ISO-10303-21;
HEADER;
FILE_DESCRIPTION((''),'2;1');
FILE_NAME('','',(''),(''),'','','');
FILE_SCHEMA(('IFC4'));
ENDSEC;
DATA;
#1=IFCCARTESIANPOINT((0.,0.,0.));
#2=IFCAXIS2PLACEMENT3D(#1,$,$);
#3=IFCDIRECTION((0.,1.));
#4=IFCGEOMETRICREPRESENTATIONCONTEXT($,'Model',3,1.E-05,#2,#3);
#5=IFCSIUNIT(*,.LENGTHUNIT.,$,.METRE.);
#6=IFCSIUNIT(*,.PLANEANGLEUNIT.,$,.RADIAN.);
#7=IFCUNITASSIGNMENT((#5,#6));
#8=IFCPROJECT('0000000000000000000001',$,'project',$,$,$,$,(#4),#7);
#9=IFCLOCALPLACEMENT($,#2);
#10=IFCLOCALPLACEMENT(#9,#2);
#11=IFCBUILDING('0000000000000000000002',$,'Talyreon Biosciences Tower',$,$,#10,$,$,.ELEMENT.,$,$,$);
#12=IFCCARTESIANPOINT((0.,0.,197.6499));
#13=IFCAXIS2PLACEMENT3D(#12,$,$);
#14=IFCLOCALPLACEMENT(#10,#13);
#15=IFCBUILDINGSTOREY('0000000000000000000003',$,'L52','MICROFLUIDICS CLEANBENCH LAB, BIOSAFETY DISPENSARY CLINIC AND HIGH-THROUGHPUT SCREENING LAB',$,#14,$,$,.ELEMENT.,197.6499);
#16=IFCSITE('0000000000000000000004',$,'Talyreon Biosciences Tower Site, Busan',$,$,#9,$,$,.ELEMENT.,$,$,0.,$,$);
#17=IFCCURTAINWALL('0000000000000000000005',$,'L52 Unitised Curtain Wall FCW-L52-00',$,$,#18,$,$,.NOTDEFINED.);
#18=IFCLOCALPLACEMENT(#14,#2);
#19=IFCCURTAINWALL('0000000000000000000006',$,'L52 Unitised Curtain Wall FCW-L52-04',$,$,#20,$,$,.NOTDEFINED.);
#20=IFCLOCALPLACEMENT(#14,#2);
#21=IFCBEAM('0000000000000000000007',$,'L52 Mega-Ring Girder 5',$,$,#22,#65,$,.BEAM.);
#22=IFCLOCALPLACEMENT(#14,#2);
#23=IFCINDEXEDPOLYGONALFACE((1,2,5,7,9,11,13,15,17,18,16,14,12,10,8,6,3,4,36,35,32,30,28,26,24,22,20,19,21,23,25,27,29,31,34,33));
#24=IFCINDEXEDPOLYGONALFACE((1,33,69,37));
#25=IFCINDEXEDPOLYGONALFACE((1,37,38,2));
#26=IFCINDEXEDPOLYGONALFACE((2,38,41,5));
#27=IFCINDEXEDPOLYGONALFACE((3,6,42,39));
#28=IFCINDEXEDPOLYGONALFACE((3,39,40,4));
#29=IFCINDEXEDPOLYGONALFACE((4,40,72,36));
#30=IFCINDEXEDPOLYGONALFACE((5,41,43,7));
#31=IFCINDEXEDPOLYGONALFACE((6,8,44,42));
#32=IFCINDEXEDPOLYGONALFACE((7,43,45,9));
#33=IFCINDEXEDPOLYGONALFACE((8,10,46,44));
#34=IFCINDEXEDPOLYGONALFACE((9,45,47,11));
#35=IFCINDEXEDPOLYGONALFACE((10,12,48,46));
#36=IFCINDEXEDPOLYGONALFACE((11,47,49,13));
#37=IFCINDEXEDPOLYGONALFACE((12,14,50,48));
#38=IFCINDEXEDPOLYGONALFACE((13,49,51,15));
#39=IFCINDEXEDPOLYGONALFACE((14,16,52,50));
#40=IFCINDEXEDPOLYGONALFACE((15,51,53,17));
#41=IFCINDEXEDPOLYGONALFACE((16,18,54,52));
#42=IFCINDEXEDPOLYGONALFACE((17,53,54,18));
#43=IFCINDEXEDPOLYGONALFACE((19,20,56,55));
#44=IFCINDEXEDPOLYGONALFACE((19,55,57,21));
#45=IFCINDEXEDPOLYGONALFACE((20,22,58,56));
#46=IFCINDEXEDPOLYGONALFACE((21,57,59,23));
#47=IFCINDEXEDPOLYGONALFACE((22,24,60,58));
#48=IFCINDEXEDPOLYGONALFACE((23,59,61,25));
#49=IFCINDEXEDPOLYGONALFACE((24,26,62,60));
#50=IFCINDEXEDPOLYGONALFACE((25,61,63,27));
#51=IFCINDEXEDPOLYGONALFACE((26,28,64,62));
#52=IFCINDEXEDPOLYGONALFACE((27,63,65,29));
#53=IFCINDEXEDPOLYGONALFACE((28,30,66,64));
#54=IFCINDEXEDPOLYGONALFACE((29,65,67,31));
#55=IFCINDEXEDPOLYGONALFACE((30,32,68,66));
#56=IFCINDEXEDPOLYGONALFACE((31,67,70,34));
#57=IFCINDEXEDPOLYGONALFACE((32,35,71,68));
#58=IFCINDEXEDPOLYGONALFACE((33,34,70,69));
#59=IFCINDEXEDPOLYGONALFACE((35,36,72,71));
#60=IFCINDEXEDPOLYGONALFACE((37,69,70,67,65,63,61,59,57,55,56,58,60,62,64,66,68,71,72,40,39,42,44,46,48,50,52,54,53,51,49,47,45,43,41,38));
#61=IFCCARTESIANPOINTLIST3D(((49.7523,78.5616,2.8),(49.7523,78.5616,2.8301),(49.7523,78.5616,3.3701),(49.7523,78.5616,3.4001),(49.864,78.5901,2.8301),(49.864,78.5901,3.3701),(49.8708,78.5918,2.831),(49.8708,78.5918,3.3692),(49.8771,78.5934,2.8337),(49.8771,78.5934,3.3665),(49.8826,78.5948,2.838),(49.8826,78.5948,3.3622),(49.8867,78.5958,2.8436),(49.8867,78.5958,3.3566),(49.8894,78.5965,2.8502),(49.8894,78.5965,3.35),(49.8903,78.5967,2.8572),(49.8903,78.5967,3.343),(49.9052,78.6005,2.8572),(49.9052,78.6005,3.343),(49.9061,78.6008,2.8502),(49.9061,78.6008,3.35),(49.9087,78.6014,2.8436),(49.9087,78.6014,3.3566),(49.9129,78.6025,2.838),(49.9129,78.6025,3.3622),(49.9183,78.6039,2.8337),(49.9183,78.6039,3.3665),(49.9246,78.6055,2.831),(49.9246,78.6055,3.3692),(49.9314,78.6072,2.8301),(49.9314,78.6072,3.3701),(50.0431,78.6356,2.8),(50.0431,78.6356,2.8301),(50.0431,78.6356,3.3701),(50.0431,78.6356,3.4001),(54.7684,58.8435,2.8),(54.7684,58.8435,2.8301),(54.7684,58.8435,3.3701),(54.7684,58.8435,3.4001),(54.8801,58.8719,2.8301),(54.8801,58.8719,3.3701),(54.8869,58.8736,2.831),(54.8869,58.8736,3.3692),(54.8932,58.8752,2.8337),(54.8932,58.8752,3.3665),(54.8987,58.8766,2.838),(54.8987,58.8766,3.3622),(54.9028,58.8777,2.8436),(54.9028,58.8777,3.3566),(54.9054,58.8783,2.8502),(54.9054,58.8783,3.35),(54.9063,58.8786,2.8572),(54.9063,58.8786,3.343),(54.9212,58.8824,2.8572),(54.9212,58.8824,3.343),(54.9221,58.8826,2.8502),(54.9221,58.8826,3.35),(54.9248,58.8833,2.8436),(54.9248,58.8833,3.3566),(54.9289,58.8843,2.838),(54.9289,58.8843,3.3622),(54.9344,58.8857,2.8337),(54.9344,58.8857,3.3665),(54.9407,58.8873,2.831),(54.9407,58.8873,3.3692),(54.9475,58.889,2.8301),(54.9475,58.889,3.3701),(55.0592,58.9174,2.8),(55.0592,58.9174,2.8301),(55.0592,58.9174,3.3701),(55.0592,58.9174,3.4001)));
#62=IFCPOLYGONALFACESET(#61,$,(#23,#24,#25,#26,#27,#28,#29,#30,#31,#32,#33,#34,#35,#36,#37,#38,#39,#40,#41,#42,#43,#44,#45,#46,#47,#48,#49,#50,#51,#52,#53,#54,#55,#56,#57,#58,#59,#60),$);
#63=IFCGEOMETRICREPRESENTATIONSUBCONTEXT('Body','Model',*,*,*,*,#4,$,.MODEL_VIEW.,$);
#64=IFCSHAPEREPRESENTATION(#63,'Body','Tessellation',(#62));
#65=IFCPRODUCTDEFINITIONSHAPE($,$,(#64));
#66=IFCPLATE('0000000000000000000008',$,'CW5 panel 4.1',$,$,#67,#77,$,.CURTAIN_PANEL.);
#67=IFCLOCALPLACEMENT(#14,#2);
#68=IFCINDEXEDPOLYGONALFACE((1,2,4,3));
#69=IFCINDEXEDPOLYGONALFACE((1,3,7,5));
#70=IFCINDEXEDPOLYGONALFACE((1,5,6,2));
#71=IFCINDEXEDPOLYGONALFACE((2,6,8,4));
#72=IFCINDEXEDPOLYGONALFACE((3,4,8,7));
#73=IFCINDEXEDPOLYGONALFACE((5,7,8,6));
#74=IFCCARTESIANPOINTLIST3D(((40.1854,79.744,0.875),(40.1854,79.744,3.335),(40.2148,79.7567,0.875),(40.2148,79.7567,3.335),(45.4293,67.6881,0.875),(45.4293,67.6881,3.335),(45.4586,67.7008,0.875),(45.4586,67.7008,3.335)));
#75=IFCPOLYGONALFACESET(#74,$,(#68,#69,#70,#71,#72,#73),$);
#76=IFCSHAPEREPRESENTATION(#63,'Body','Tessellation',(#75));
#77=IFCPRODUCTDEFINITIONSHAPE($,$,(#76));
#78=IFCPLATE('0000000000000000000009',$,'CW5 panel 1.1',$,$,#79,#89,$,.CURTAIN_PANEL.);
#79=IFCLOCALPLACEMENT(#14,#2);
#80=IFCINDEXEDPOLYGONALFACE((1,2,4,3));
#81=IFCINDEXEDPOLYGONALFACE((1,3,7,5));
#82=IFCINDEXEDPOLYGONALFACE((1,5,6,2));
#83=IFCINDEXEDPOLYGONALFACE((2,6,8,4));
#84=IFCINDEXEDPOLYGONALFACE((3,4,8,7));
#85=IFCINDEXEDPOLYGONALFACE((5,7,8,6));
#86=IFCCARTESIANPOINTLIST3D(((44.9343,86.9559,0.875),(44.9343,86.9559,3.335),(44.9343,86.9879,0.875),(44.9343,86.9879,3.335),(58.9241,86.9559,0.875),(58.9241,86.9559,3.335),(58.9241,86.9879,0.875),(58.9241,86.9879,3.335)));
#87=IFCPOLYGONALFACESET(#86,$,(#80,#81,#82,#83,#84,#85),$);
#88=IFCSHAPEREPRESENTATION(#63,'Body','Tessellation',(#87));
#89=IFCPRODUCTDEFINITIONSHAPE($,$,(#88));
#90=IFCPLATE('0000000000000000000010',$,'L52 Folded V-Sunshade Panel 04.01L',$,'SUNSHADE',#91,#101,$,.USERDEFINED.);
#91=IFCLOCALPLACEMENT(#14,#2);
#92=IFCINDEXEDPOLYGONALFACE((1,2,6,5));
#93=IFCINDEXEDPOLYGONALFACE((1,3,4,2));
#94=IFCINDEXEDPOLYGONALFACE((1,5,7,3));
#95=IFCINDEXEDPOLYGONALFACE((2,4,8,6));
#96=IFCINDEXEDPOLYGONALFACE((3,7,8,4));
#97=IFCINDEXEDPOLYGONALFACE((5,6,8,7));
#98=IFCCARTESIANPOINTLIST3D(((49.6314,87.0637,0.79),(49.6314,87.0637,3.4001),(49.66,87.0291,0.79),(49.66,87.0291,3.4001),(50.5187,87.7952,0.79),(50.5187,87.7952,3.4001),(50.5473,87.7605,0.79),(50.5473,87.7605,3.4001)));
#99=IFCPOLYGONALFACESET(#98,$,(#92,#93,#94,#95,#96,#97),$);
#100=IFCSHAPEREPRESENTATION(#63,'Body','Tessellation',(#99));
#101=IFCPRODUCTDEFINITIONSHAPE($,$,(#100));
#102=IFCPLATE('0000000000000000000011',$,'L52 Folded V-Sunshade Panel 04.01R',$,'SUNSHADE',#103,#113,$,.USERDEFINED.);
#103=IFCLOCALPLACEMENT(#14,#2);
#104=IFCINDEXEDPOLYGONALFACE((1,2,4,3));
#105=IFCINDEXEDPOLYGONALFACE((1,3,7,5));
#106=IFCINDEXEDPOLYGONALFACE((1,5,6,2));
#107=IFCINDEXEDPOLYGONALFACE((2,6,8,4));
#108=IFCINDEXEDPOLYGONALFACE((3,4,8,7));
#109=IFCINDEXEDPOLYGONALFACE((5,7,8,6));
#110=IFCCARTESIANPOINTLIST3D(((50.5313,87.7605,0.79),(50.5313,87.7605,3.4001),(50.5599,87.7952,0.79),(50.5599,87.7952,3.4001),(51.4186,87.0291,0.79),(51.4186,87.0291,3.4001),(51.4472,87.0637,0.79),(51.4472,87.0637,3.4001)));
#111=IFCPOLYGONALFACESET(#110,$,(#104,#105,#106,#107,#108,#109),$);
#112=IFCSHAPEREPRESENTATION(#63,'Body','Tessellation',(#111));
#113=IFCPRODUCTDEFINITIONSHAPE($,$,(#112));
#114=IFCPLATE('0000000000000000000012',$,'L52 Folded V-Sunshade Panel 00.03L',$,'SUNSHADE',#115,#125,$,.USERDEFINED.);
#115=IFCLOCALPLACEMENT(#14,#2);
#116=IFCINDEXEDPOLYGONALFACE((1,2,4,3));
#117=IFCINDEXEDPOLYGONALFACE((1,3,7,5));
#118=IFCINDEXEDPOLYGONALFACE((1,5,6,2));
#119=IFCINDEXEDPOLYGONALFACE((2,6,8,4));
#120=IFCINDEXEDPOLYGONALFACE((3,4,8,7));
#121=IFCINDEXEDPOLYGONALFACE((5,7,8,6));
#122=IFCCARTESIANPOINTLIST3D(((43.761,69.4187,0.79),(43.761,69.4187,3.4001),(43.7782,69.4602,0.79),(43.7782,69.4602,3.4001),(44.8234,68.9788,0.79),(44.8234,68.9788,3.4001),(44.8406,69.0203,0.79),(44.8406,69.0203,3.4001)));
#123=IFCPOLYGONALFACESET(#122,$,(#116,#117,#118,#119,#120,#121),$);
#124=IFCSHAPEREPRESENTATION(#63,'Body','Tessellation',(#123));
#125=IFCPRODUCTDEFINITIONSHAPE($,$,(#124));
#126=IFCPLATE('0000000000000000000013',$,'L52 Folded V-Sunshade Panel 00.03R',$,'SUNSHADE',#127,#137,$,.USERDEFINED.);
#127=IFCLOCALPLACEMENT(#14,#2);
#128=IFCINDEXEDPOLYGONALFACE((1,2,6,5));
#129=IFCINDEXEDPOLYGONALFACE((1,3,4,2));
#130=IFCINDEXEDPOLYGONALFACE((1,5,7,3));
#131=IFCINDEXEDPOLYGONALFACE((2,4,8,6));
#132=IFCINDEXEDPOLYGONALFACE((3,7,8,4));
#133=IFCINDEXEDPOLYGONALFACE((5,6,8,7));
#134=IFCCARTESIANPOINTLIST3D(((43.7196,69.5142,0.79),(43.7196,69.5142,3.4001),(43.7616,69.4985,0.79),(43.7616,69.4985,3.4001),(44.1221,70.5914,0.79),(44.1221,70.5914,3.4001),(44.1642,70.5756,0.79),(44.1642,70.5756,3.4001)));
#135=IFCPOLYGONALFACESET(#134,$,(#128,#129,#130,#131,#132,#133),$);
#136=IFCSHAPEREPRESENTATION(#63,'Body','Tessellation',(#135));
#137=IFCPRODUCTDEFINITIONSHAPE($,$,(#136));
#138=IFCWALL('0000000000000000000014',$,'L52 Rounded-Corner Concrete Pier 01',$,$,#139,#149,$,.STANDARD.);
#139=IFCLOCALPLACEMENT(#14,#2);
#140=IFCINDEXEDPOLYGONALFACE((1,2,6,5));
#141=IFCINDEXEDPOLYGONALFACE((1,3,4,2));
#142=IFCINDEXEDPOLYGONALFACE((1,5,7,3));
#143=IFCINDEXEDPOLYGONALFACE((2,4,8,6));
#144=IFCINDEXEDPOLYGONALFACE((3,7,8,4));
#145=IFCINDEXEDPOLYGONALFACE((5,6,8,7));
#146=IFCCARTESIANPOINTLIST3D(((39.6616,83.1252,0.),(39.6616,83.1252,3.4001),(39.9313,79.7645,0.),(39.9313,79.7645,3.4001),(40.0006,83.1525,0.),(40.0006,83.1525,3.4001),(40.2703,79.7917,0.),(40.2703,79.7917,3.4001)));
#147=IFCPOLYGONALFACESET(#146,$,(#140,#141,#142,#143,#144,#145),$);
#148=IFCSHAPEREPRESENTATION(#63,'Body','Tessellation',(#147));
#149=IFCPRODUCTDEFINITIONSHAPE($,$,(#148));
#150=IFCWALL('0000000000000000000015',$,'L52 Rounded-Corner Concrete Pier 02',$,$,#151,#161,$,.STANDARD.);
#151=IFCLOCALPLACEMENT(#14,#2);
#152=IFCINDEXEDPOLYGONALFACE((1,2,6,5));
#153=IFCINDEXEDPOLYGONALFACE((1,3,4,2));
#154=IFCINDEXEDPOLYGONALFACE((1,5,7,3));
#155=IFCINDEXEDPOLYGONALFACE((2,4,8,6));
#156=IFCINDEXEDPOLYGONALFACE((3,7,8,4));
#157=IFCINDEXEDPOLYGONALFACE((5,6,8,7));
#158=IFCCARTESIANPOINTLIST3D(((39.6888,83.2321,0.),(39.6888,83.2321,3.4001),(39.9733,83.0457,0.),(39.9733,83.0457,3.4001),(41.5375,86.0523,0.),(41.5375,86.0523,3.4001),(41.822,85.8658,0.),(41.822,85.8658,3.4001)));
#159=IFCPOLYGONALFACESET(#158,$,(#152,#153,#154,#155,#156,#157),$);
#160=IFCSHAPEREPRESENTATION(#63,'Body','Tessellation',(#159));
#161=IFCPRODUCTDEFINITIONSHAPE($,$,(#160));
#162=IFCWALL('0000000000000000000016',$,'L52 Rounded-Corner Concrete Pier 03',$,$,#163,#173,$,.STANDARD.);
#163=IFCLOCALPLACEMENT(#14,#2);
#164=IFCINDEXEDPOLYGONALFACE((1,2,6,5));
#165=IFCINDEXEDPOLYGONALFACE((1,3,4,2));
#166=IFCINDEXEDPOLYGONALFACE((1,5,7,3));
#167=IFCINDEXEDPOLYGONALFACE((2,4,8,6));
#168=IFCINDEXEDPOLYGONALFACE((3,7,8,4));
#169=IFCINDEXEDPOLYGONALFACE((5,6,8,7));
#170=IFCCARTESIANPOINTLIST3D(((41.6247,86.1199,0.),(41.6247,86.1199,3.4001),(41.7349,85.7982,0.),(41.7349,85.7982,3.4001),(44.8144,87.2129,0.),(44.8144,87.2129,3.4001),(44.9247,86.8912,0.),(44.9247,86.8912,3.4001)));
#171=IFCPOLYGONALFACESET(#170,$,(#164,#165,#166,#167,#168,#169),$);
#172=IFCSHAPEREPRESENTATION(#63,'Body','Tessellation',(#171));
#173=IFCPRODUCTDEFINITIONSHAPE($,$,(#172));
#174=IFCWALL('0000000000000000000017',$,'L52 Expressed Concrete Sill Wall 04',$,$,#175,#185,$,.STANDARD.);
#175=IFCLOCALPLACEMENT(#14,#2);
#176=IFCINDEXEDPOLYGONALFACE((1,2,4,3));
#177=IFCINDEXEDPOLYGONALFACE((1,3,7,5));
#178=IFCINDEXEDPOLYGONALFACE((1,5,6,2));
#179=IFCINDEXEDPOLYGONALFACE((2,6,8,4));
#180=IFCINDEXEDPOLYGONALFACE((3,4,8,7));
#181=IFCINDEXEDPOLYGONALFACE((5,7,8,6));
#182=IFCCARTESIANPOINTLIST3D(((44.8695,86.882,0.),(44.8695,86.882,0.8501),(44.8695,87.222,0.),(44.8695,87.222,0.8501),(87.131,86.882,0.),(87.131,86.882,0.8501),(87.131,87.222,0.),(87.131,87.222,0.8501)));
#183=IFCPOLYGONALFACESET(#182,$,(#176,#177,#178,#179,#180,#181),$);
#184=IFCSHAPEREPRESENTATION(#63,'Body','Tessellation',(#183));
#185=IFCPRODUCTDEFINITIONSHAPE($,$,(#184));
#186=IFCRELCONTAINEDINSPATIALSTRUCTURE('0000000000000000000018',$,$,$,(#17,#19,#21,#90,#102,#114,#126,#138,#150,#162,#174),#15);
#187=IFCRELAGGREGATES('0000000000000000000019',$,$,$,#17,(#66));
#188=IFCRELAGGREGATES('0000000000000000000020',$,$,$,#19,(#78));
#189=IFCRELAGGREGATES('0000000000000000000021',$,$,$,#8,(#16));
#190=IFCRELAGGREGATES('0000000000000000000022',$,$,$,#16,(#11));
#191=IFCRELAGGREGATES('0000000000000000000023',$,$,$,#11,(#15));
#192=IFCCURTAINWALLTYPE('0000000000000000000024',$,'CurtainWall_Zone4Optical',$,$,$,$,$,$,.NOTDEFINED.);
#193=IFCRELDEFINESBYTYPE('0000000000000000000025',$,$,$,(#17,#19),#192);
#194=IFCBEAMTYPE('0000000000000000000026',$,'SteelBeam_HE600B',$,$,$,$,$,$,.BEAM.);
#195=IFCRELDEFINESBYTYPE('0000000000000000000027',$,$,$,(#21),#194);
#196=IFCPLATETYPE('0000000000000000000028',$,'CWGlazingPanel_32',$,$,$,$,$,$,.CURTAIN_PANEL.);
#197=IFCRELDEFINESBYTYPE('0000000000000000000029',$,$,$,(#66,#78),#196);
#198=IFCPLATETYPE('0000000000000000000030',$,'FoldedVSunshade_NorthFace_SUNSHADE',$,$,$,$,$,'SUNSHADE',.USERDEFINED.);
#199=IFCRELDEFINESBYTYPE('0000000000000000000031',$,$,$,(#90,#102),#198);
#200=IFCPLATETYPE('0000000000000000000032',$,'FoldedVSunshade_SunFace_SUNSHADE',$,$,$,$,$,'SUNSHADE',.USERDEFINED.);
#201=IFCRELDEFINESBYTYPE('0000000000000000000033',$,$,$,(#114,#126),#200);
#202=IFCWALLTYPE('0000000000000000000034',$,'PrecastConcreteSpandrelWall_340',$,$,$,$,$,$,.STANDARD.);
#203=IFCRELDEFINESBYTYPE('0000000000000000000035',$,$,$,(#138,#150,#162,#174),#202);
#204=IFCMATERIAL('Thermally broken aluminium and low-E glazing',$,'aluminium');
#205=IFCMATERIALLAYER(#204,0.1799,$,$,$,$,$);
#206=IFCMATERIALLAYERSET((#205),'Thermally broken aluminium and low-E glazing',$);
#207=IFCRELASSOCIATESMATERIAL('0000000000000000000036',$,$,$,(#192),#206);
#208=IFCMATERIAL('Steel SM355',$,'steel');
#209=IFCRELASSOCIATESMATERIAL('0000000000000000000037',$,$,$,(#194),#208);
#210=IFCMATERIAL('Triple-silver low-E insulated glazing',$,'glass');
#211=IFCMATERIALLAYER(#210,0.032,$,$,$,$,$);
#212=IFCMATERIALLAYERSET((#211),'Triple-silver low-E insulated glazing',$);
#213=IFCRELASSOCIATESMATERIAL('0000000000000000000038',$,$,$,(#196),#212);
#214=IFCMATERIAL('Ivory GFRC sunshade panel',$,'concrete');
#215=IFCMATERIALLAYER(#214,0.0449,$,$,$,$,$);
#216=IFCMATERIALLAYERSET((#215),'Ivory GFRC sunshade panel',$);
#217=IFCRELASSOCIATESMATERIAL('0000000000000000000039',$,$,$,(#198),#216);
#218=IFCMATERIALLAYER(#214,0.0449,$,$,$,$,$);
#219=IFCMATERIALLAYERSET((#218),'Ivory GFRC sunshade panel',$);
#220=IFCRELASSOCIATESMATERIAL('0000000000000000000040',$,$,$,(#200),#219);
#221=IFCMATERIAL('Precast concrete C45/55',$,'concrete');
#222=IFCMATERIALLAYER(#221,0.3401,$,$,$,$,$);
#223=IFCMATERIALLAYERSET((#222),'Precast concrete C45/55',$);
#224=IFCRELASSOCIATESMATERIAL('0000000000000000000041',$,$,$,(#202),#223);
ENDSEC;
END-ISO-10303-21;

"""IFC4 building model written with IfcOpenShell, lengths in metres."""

from ifc_helpers import new_model, si_unit, direction, frame, frame_2d, origin, origin_2d, place, context, subcontext, project, spatial, rectangle, i_section, extrude, material, layer, layer_set, material_profile, profile_set, type_object, element, aggregate, save


model = new_model("IFC4")

# Units and contexts
model_context = context("Model", 3, precision=1e-05, world=origin(), true_north=direction((0.0, 1.0)))
body_context = subcontext(model_context, "Body", "Model", "MODEL_VIEW")
ifc_project = project(units=[si_unit("LENGTHUNIT", "METRE"), si_unit("PLANEANGLEUNIT", "RADIAN")], contexts=[model_context])

# Site, building, storey
site_placement = place(None, origin())
site = spatial("IfcSite", under=ifc_project, at=site_placement, Name="Talyreon Biosciences Tower Site, Busan", CompositionType="ELEMENT", RefElevation=0.0)
building_placement = place(site_placement, origin())
building = spatial("IfcBuilding", under=site, at=building_placement, Name="Talyreon Biosciences Tower", CompositionType="ELEMENT")
storey_placement = place(building_placement, frame((0.0, 0.0, 197.6499)))
storey = spatial("IfcBuildingStorey", under=building, at=storey_placement, Name="L52", Description="MICROFLUIDICS CLEANBENCH LAB, BIOSAFETY DISPENSARY CLINIC AND HIGH-THROUGHPUT SCREENING LAB", CompositionType="ELEMENT", Elevation=197.6499)

# Curtain wall
ifc_material_1 = material(Name="Thermally broken aluminium and low-E glazing", Category="aluminium")
ifc_layer_1 = layer(ifc_material_1, 0.1799)
ifc_layer_set_1 = layer_set([ifc_layer_1], Name="Thermally broken aluminium and low-E glazing")
curtain_wall_type = type_object("IfcCurtainWallType", Name="CurtainWall_Zone4Optical", PredefinedType="NOTDEFINED", material=ifc_layer_set_1)
curtain_wall_1_placement = place(storey_placement, origin())
curtain_wall_1 = element("IfcCurtainWall", 1, at=curtain_wall_1_placement, inside=storey, type_object=curtain_wall_type, Name="L52 Unitised Curtain Wall FCW-L52-00", PredefinedType="NOTDEFINED")

# Curtain wall
curtain_wall_2_placement = place(storey_placement, origin())
curtain_wall_2 = element("IfcCurtainWall", 2, at=curtain_wall_2_placement, inside=storey, type_object=curtain_wall_type, Name="L52 Unitised Curtain Wall FCW-L52-04", PredefinedType="NOTDEFINED")

# Beam
ifc_material_2 = material(Name="Precast concrete C45/55", Category="concrete")
ifc_material_3 = material(Name="Steel SM355", Category="steel")
ifc_material_profile_1 = material_profile(ifc_material_3, i_section(OverallWidth=0.3, OverallDepth=0.6001, WebThickness=0.0154, FlangeThickness=0.03, FilletRadius=0.0271, at=origin_2d()), Name="HE600B")
ifc_profile_set_1 = profile_set([ifc_material_profile_1], Name="Steel SM355")
beam_type_1 = type_object("IfcBeamType", Name="SteelBeam_HE600B", PredefinedType="BEAM", material=ifc_profile_set_1)
beam_1_placement = place(storey_placement, frame((49.8977, 78.5986, 3.1001), z_axis=(0.246537, -0.969133, 0.0), x_axis=(0.969133, 0.246537, 0.0)))
element("IfcBeam", 3, at=beam_1_placement, inside=storey, type_object=beam_type_1, Name="L52 Mega-Ring Girder 5", PredefinedType="BEAM", context=body_context, shape_type="SweptSolid", body=[
    extrude(i_section(OverallWidth=0.3, OverallDepth=0.6001, WebThickness=0.0154, FlangeThickness=0.03, FilletRadius=0.0271, at=origin_2d()), origin(), (0.0, 0.0, 1.0), 20.3462),
])

# Plates
ifc_material_4 = material(Name="Triple-silver low-E insulated glazing", Category="glass")
ifc_layer_2 = layer(ifc_material_4, 0.032)
ifc_layer_set_2 = layer_set([ifc_layer_2], Name="Triple-silver low-E insulated glazing")
plate_type_1 = type_object("IfcPlateType", Name="CWGlazingPanel_32", PredefinedType="CURTAIN_PANEL", material=ifc_layer_set_2)
plate_1_placement = place(storey_placement, frame((42.822, 73.7224, 0.875), z_axis=(0.0, 0.0, 1.0), x_axis=(-0.398862, 0.917011, 0.0)))
plate_1 = element("IfcPlate", 4, at=plate_1_placement, type_object=plate_type_1, Name="CW5 panel 4.1", PredefinedType="CURTAIN_PANEL", context=body_context, shape_type="SweptSolid", body=[
    extrude(rectangle(XDim=13.147, YDim=0.032, at=origin_2d()), origin(), (0.0, 0.0, 1.0), 2.46),
])
aggregate(curtain_wall_1, [plate_1])
plate_2_placement = place(storey_placement, frame((51.9292, 86.9719, 0.875), z_axis=(0.0, 0.0, 1.0), x_axis=(1.0, 0.0, 0.0)))
plate_2 = element("IfcPlate", 5, at=plate_2_placement, type_object=plate_type_1, Name="CW5 panel 1.1", PredefinedType="CURTAIN_PANEL", context=body_context, shape_type="SweptSolid", body=[
    extrude(rectangle(XDim=13.9897, YDim=0.032, at=origin_2d()), origin(), (0.0, 0.0, 1.0), 2.46),
])
aggregate(curtain_wall_2, [plate_2])

# Plates
ifc_material_5 = material(Name="Ivory GFRC sunshade panel", Category="concrete")
ifc_layer_3 = layer(ifc_material_5, 0.0449)
ifc_layer_set_3 = layer_set([ifc_layer_3], Name="Ivory GFRC sunshade panel")
plate_type_2 = type_object("IfcPlateType", Name="FoldedVSunshade_NorthFace_SUNSHADE", ElementType="SUNSHADE", PredefinedType="USERDEFINED", material=ifc_layer_set_3)
for number, where, z_axis, x_axis, name in (
    (6, (50.0894, 87.4121, 0.79), (0.0, 0.0, 1.0), (0.771625, 0.636078, 0.0), "L52 Folded V-Sunshade Panel 04.01L"),
    (7, (50.9893, 87.4121, 0.79), (0.0, 0.0, 1.0), (0.771625, -0.636078, 0.0), "L52 Folded V-Sunshade Panel 04.01R"),
):
    element("IfcPlate", number, at=place(storey_placement, frame(where, z_axis=z_axis, x_axis=x_axis)), inside=storey, type_object=plate_type_2, Name=name, ObjectType="SUNSHADE", PredefinedType="USERDEFINED", context=body_context, shape_type="SweptSolid", body=[
        extrude(rectangle(XDim=1.1499, YDim=0.0449, at=origin_2d()), origin(), (0.0, 0.0, 1.0), 2.6101),
    ])
ifc_layer_4 = layer(ifc_material_5, 0.0449)
ifc_layer_set_4 = layer_set([ifc_layer_4], Name="Ivory GFRC sunshade panel")
plate_type_3 = type_object("IfcPlateType", Name="FoldedVSunshade_SunFace_SUNSHADE", ElementType="SUNSHADE", PredefinedType="USERDEFINED", material=ifc_layer_set_4)
for number, where, z_axis, x_axis, name in (
    (8, (44.3008, 69.2195, 0.79), (0.0, 0.0, 1.0), (-0.923926, 0.382571, 0.0), "L52 Folded V-Sunshade Panel 00.03L"),
    (9, (43.9419, 70.0449, 0.79), (0.0, 0.0, 1.0), (0.350093, 0.936715, 0.0), "L52 Folded V-Sunshade Panel 00.03R"),
):
    element("IfcPlate", number, at=place(storey_placement, frame(where, z_axis=z_axis, x_axis=x_axis)), inside=storey, type_object=plate_type_3, Name=name, ObjectType="SUNSHADE", PredefinedType="USERDEFINED", context=body_context, shape_type="SweptSolid", body=[
        extrude(rectangle(XDim=1.1499, YDim=0.0449, at=origin_2d()), origin(), (0.0, 0.0, 1.0), 2.6101),
    ])

# Walls
ifc_layer_5 = layer(ifc_material_2, 0.3401)
ifc_layer_set_5 = layer_set([ifc_layer_5], Name="Precast concrete C45/55")
wall_type = type_object("IfcWallType", Name="PrecastConcreteSpandrelWall_340", PredefinedType="STANDARD", material=ifc_layer_set_5)
wall_1_placement = place(storey_placement, frame((40.1008, 79.7781, 0.0), z_axis=(0.0, 0.0, 1.0), x_axis=(-0.080013, 0.996794, 0.0)))
element("IfcWall", 10, at=wall_1_placement, inside=storey, type_object=wall_type, Name="L52 Rounded-Corner Concrete Pier 01", PredefinedType="STANDARD", context=body_context, shape_type="SweptSolid", body=[
    extrude(rectangle(XDim=3.3716, YDim=0.3401, at=frame_2d((1.6858, 0.0))), origin(), (0.0, 0.0, 1.0), 3.4001),
])
wall_2_placement = place(storey_placement, frame((39.8311, 83.1389, 0.0), z_axis=(0.0, 0.0, 1.0), x_axis=(0.548234, 0.836325, 0.0)))
element("IfcWall", 11, at=wall_2_placement, inside=storey, type_object=wall_type, Name="L52 Rounded-Corner Concrete Pier 02", PredefinedType="STANDARD", context=body_context, shape_type="SweptSolid", body=[
    extrude(rectangle(XDim=3.3721, YDim=0.3401, at=frame_2d((1.686, 0.0))), origin(), (0.0, 0.0, 1.0), 3.4001),
])
wall_3_placement = place(storey_placement, frame((41.6797, 85.959, 0.0), z_axis=(0.0, 0.0, 1.0), x_axis=(0.946, 0.324167, 0.0)))
element("IfcWall", 12, at=wall_3_placement, inside=storey, type_object=wall_type, Name="L52 Rounded-Corner Concrete Pier 03", PredefinedType="STANDARD", context=body_context, shape_type="SweptSolid", body=[
    extrude(rectangle(XDim=3.3718, YDim=0.3401, at=frame_2d((1.686, 0.0))), origin(), (0.0, 0.0, 1.0), 3.4001),
])
wall_4_placement = place(storey_placement, frame((44.8694, 87.052, 0.0), z_axis=(0.0, 0.0, 1.0), x_axis=(1.0, 0.0, 0.0)))
element("IfcWall", 13, at=wall_4_placement, inside=storey, type_object=wall_type, Name="L52 Expressed Concrete Sill Wall 04", PredefinedType="STANDARD", context=body_context, shape_type="SweptSolid", body=[
    extrude(rectangle(XDim=42.2615, YDim=0.3401, at=frame_2d((21.1309, 0.0))), origin(), (0.0, 0.0, 1.0), 0.8501),
])

save(model, "model.ifc")
